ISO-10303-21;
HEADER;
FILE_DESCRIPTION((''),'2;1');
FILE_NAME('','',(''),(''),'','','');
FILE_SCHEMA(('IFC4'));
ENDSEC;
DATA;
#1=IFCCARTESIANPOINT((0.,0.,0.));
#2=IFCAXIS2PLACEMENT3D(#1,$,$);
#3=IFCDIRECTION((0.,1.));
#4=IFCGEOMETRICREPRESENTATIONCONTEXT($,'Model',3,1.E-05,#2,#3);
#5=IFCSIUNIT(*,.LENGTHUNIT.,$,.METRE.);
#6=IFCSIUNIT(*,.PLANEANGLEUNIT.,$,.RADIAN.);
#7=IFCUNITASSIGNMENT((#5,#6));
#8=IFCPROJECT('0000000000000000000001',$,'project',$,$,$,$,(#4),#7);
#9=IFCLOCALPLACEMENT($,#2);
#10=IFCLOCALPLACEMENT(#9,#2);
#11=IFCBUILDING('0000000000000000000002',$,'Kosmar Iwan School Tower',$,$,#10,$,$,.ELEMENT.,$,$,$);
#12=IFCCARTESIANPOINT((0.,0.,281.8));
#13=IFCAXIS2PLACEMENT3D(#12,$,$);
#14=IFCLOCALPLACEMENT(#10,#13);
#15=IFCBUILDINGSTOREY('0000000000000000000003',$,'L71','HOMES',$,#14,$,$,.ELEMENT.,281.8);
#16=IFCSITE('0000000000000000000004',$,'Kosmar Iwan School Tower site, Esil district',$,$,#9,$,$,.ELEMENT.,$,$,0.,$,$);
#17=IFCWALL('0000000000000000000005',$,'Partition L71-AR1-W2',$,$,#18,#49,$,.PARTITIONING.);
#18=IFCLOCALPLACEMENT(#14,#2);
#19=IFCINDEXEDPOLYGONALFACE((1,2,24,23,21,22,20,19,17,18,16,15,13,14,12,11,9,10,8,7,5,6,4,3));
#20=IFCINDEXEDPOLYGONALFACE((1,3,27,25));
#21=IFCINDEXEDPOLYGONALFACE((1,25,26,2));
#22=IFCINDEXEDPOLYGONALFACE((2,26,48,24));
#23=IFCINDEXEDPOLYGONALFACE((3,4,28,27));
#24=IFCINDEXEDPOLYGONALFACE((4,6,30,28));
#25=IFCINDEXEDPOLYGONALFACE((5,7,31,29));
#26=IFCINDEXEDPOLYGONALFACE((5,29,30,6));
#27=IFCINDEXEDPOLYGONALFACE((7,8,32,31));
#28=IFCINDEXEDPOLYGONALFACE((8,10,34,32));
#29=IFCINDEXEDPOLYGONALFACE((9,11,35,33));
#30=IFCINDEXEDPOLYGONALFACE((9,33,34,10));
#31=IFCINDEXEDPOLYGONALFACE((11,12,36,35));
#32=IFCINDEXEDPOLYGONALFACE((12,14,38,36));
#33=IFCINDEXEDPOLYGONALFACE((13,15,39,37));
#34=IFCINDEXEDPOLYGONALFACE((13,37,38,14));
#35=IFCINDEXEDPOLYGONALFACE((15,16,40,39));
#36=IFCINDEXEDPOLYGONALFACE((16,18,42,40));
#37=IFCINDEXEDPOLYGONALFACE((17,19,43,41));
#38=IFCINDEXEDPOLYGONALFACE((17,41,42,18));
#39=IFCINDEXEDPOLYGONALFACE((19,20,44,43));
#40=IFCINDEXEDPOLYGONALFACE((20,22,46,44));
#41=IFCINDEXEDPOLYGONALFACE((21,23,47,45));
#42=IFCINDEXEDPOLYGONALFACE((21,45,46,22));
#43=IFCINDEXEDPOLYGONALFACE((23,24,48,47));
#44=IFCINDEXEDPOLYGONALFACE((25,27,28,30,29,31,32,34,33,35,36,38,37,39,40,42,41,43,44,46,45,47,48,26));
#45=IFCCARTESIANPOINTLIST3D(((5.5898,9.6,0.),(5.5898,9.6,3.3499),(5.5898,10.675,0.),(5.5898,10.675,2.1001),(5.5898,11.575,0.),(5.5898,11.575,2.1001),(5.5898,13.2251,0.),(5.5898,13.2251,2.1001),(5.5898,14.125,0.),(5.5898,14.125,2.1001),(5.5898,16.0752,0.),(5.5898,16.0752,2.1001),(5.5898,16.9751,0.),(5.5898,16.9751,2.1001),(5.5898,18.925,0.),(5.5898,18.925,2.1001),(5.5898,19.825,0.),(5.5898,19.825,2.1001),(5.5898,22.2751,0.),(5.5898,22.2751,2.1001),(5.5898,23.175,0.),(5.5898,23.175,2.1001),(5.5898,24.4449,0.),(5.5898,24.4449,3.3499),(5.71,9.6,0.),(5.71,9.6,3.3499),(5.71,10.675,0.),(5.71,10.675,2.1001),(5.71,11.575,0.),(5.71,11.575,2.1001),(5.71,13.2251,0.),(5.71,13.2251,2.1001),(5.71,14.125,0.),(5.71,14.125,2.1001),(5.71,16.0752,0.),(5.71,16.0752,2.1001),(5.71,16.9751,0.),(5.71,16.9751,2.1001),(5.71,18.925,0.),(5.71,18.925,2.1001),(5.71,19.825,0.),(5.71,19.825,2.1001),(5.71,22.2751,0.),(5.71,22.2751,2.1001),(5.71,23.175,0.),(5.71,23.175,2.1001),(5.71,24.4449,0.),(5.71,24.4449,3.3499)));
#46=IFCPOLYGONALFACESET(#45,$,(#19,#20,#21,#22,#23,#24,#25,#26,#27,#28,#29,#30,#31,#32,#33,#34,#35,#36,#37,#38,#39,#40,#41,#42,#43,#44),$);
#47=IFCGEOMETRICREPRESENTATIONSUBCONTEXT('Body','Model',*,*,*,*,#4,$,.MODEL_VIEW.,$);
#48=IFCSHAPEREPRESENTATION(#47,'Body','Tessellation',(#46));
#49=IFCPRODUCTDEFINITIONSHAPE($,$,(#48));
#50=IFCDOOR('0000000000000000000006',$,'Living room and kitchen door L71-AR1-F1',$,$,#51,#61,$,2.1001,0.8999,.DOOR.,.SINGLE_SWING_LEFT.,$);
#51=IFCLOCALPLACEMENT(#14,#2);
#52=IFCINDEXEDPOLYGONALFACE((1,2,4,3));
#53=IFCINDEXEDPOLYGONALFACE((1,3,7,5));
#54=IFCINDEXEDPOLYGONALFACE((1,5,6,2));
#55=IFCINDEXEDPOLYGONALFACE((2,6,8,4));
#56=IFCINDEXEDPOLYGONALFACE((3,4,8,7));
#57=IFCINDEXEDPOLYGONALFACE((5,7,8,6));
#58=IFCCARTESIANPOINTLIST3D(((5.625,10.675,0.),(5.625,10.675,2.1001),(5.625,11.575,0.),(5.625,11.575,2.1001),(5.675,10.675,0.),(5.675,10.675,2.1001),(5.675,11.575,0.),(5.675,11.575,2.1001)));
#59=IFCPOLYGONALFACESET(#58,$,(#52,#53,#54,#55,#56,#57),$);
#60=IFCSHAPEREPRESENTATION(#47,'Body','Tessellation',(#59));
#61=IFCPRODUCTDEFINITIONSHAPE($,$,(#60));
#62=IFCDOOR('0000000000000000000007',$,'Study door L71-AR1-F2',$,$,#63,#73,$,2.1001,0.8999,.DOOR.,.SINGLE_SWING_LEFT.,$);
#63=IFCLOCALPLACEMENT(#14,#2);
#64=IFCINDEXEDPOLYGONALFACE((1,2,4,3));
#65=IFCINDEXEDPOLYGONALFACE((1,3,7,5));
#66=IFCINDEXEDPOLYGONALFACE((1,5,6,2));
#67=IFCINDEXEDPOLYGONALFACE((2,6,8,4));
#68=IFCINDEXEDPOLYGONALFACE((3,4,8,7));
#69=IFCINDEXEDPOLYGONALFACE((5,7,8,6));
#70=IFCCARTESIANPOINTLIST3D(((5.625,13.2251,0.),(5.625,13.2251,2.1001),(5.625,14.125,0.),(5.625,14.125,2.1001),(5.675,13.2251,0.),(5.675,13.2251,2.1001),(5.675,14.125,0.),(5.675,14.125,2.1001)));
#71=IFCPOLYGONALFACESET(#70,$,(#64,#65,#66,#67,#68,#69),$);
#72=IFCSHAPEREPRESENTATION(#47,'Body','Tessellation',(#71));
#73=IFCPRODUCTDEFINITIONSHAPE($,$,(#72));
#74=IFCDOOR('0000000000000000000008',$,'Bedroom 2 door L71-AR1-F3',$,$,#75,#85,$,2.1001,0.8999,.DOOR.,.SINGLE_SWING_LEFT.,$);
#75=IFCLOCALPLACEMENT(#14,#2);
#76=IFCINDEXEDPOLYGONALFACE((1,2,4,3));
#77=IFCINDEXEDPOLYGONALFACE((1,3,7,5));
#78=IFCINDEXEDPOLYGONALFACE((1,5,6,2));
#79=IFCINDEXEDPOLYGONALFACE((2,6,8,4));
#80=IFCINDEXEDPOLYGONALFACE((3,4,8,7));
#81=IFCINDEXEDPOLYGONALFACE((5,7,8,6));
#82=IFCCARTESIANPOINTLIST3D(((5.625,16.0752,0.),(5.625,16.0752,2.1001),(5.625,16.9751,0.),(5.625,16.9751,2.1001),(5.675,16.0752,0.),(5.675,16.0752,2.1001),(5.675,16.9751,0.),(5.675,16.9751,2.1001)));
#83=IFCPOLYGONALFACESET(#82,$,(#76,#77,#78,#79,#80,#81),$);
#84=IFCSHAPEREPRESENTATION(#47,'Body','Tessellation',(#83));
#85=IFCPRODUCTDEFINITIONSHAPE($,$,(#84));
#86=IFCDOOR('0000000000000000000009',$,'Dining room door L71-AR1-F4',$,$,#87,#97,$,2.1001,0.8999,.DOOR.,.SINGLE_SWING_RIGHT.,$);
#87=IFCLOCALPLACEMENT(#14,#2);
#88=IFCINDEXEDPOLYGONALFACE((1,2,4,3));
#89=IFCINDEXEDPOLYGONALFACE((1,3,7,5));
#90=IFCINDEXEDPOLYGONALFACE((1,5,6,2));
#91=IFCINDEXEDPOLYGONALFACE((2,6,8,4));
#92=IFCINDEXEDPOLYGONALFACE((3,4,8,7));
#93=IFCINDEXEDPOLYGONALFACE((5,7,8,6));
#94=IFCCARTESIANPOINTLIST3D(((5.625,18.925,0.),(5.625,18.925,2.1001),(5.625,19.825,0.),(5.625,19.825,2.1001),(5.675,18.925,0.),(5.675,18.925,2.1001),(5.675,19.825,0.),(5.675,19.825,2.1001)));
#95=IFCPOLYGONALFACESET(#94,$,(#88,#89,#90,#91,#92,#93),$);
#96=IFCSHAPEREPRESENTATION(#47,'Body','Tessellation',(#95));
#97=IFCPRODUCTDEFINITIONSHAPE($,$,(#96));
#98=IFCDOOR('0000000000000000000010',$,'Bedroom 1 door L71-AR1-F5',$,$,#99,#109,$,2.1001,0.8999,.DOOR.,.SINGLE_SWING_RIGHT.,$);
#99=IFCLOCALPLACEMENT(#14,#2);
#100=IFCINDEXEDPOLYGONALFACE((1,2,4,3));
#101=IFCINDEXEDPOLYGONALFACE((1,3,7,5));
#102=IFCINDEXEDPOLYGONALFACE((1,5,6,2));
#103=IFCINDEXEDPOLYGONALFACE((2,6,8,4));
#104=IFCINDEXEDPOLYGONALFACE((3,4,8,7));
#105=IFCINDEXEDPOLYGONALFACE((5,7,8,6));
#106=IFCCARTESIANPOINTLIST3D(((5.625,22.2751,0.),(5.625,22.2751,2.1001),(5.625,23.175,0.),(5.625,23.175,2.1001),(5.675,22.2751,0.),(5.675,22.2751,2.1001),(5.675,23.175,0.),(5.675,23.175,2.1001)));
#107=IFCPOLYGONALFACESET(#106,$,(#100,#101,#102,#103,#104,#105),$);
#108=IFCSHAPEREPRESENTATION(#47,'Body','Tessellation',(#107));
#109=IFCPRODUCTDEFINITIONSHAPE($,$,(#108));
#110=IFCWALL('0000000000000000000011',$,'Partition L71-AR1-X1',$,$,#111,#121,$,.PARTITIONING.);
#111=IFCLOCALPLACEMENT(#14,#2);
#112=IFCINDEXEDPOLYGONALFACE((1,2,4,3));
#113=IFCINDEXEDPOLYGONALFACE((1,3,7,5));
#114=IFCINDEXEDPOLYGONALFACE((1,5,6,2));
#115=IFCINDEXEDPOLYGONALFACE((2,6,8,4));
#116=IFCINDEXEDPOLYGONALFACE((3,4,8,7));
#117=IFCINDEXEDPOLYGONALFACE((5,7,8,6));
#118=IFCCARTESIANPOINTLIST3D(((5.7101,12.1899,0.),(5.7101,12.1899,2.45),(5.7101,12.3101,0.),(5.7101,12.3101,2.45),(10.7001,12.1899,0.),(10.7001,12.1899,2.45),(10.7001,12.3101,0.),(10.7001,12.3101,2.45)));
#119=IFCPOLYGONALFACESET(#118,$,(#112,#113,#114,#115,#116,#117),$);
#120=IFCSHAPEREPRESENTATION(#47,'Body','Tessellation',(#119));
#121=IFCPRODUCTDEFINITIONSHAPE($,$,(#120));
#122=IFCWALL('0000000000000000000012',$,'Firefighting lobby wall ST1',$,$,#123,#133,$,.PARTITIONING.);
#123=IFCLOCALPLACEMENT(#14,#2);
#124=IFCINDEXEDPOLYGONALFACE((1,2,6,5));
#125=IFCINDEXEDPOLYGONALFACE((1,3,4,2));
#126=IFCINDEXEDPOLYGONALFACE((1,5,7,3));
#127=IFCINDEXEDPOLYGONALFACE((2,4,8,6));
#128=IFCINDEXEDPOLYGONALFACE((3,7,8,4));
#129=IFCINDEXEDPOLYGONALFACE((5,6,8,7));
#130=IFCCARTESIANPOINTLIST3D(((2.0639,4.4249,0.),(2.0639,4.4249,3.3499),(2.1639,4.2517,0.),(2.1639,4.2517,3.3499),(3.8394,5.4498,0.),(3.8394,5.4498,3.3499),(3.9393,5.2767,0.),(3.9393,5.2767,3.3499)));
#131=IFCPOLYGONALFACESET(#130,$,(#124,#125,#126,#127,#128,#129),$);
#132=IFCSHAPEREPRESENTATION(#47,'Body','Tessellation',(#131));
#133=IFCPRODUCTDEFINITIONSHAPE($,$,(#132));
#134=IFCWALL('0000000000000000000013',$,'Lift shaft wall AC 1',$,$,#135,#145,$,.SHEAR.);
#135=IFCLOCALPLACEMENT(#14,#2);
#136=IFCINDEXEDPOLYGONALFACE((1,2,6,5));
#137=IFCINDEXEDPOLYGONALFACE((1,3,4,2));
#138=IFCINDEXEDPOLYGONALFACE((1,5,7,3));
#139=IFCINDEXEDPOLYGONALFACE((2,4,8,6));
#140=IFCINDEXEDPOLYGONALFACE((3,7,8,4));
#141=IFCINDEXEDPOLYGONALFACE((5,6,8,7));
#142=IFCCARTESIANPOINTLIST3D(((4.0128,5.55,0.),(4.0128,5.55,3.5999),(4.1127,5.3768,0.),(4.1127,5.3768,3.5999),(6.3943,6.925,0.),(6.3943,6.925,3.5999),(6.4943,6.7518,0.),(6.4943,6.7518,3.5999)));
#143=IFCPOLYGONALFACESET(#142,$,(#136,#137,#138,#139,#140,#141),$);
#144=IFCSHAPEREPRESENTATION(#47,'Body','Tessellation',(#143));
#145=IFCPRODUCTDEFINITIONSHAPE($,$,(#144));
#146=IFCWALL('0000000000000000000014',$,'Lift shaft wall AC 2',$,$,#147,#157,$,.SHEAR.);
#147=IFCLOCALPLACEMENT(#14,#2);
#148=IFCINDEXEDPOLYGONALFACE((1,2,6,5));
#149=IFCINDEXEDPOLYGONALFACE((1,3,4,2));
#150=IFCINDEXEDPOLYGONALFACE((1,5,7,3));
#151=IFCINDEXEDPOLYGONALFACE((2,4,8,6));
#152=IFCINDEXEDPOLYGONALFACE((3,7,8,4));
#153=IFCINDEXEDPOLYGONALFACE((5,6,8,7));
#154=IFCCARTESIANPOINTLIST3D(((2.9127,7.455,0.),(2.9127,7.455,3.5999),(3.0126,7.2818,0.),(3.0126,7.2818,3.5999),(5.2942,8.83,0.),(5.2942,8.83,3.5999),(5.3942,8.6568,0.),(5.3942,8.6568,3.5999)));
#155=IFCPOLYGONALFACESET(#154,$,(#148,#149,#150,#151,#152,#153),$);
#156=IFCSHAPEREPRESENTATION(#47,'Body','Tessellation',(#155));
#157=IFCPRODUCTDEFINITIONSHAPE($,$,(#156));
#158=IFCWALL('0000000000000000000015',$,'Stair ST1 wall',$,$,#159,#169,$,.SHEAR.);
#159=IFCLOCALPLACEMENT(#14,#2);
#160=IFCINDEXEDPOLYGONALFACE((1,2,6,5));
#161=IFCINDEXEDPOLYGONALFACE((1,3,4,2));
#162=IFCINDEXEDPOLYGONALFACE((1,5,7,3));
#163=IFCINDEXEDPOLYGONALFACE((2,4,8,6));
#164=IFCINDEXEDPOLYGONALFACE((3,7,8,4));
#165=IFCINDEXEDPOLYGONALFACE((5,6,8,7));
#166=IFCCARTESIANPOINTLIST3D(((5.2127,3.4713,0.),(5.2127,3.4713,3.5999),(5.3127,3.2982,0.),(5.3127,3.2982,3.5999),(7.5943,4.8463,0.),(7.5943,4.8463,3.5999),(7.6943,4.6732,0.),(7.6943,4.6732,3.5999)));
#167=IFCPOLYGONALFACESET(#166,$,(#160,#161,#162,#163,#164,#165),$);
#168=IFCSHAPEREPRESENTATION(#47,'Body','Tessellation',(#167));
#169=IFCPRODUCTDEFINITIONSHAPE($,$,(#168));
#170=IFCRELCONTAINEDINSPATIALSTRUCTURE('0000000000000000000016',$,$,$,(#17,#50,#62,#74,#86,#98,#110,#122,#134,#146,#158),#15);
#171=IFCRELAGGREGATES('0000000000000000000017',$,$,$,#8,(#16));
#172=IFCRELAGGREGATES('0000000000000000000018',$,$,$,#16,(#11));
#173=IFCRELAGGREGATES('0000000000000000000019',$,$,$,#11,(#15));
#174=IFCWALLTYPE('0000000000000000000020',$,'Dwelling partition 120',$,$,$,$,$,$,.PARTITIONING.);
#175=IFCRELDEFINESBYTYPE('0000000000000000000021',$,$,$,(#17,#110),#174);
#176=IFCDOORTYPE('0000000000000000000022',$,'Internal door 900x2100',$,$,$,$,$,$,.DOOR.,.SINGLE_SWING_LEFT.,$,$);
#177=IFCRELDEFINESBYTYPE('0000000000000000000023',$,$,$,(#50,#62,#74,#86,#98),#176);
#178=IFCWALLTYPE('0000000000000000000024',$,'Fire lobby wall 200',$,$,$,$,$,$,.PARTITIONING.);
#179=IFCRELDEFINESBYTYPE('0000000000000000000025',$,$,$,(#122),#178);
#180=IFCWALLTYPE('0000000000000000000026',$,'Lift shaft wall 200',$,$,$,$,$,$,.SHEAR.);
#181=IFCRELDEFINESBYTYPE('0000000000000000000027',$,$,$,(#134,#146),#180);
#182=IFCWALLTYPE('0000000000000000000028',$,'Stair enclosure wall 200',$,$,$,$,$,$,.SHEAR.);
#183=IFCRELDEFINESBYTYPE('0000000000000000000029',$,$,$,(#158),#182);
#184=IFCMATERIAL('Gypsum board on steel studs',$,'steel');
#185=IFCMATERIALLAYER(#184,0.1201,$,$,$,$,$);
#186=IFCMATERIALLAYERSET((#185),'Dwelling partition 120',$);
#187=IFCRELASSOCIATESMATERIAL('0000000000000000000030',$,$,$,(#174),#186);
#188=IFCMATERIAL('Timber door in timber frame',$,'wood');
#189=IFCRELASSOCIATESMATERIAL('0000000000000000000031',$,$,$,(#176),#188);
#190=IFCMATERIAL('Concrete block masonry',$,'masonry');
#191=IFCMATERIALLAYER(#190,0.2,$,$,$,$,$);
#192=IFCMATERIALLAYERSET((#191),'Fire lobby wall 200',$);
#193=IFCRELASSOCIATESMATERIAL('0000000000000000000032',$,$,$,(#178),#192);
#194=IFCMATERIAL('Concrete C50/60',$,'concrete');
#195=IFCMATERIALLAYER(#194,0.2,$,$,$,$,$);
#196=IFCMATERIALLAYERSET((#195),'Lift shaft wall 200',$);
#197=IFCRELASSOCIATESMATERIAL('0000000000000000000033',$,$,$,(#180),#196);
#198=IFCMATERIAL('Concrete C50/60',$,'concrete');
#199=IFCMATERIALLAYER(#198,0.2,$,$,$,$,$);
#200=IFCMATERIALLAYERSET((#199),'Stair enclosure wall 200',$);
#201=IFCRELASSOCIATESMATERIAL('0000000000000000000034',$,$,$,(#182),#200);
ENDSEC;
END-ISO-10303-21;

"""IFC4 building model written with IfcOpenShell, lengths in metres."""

from ifc_helpers import new_model, si_unit, direction, frame, frame_2d, origin, place, context, subcontext, project, spatial, rectangle, extrude, material, layer, layer_set, type_object, element, fill, save


model = new_model("IFC4")

# Units and contexts
model_context = context("Model", 3, precision=1e-05, world=origin(), true_north=direction((0.0, 1.0)))
body_context = subcontext(model_context, "Body", "Model", "MODEL_VIEW")
ifc_project = project(units=[si_unit("LENGTHUNIT", "METRE"), si_unit("PLANEANGLEUNIT", "RADIAN")], contexts=[model_context])

# Site, building, storey
site_placement = place(None, origin())
site = spatial("IfcSite", under=ifc_project, at=site_placement, Name="Kosmar Iwan School Tower site, Esil district", CompositionType="ELEMENT", RefElevation=0.0)
building_placement = place(site_placement, origin())
building = spatial("IfcBuilding", under=site, at=building_placement, Name="Kosmar Iwan School Tower", CompositionType="ELEMENT")
storey_placement = place(building_placement, frame((0.0, 0.0, 281.8)))
storey = spatial("IfcBuildingStorey", under=building, at=storey_placement, Name="L71", Description="HOMES", CompositionType="ELEMENT", Elevation=281.8)

# Wall, openings, doors
ifc_material_1 = material(Name="Gypsum board on steel studs", Category="steel")
ifc_layer_1 = layer(ifc_material_1, 0.1201)
ifc_layer_set_1 = layer_set([ifc_layer_1], Name="Dwelling partition 120")
wall_type_1 = type_object("IfcWallType", Name="Dwelling partition 120", PredefinedType="PARTITIONING", material=ifc_layer_set_1)
ifc_material_2 = material(Name="Timber door in timber frame", Category="wood")
door_type_1 = type_object("IfcDoorType", Name="Internal door 900x2100", OperationType="SINGLE_SWING_LEFT", PredefinedType="DOOR", material=ifc_material_2)
wall_1_placement = place(storey_placement, frame((5.6499, 9.6001, 0.0), z_axis=(0.0, 0.0, 1.0), x_axis=(0.0, 1.0, 0.0)))
wall_1 = element("IfcWall", 1, at=wall_1_placement, inside=storey, type_object=wall_type_1, Name="Partition L71-AR1-W2", PredefinedType="PARTITIONING", context=body_context, shape_type="SweptSolid", body=[
    extrude(rectangle(XDim=14.845, YDim=0.1201, at=frame_2d((7.4224, 0.0))), origin(), (0.0, 0.0, 1.0), 3.3499),
])
opening_1_placement = place(wall_1_placement, frame((1.075, 0.0, 0.0)))
opening_1 = element("IfcOpeningElement", 2, at=opening_1_placement, cuts=wall_1, PredefinedType="OPENING", context=body_context, shape_type="SweptSolid", body=[
    extrude(rectangle(XDim=0.8999, YDim=2.1001, at=frame_2d((0.45, 1.05))), frame((0.0, 0.072, 0.0), z_axis=(0.0, -1.0, 0.0), x_axis=(1.0, 0.0, 0.0)), (0.0, 0.0, 1.0), 0.144),
])
opening_2_placement = place(wall_1_placement, frame((3.625, 0.0, 0.0)))
opening_2 = element("IfcOpeningElement", 3, at=opening_2_placement, cuts=wall_1, PredefinedType="OPENING", context=body_context, shape_type="SweptSolid", body=[
    extrude(rectangle(XDim=0.8999, YDim=2.1001, at=frame_2d((0.45, 1.05))), frame((0.0, 0.072, 0.0), z_axis=(0.0, -1.0, 0.0), x_axis=(1.0, 0.0, 0.0)), (0.0, 0.0, 1.0), 0.144),
])
opening_3_placement = place(wall_1_placement, frame((6.4751, 0.0, 0.0)))
opening_3 = element("IfcOpeningElement", 4, at=opening_3_placement, cuts=wall_1, PredefinedType="OPENING", context=body_context, shape_type="SweptSolid", body=[
    extrude(rectangle(XDim=0.8999, YDim=2.1001, at=frame_2d((0.45, 1.05))), frame((0.0, 0.072, 0.0), z_axis=(0.0, -1.0, 0.0), x_axis=(1.0, 0.0, 0.0)), (0.0, 0.0, 1.0), 0.144),
])
opening_4_placement = place(wall_1_placement, frame((9.325, 0.0, 0.0)))
opening_4 = element("IfcOpeningElement", 5, at=opening_4_placement, cuts=wall_1, PredefinedType="OPENING", context=body_context, shape_type="SweptSolid", body=[
    extrude(rectangle(XDim=0.8999, YDim=2.1001, at=frame_2d((0.45, 1.05))), frame((0.0, 0.072, 0.0), z_axis=(0.0, -1.0, 0.0), x_axis=(1.0, 0.0, 0.0)), (0.0, 0.0, 1.0), 0.144),
])
opening_5_placement = place(wall_1_placement, frame((12.675, 0.0, 0.0)))
opening_5 = element("IfcOpeningElement", 6, at=opening_5_placement, cuts=wall_1, PredefinedType="OPENING", context=body_context, shape_type="SweptSolid", body=[
    extrude(rectangle(XDim=0.8999, YDim=2.1001, at=frame_2d((0.45, 1.05))), frame((0.0, 0.072, 0.0), z_axis=(0.0, -1.0, 0.0), x_axis=(1.0, 0.0, 0.0)), (0.0, 0.0, 1.0), 0.144),
])
door_1_placement = place(opening_1_placement, origin())
door_1 = element("IfcDoor", 7, at=door_1_placement, inside=storey, type_object=door_type_1, Name="Living room and kitchen door L71-AR1-F1", OperationType="SINGLE_SWING_LEFT", OverallHeight=2.1001, OverallWidth=0.8999, PredefinedType="DOOR", context=body_context, shape_type="SweptSolid", body=[
    extrude(rectangle(XDim=0.8999, YDim=2.1001, at=frame_2d((0.45, 1.05))), frame((0.0, 0.0249, 0.0), z_axis=(0.0, -1.0, 0.0), x_axis=(1.0, 0.0, 0.0)), (0.0, 0.0, 1.0), 0.05),
])
fill(opening_1, door_1)
door_2_placement = place(opening_2_placement, origin())
door_2 = element("IfcDoor", 8, at=door_2_placement, inside=storey, type_object=door_type_1, Name="Study door L71-AR1-F2", OperationType="SINGLE_SWING_LEFT", OverallHeight=2.1001, OverallWidth=0.8999, PredefinedType="DOOR", context=body_context, shape_type="SweptSolid", body=[
    extrude(rectangle(XDim=0.8999, YDim=2.1001, at=frame_2d((0.45, 1.05))), frame((0.0, 0.0249, 0.0), z_axis=(0.0, -1.0, 0.0), x_axis=(1.0, 0.0, 0.0)), (0.0, 0.0, 1.0), 0.05),
])
fill(opening_2, door_2)
door_3_placement = place(opening_3_placement, origin())
door_3 = element("IfcDoor", 9, at=door_3_placement, inside=storey, type_object=door_type_1, Name="Bedroom 2 door L71-AR1-F3", OperationType="SINGLE_SWING_LEFT", OverallHeight=2.1001, OverallWidth=0.8999, PredefinedType="DOOR", context=body_context, shape_type="SweptSolid", body=[
    extrude(rectangle(XDim=0.8999, YDim=2.1001, at=frame_2d((0.45, 1.05))), frame((0.0, 0.0249, 0.0), z_axis=(0.0, -1.0, 0.0), x_axis=(1.0, 0.0, 0.0)), (0.0, 0.0, 1.0), 0.05),
])
fill(opening_3, door_3)
door_4_placement = place(opening_4_placement, origin())
door_4 = element("IfcDoor", 10, at=door_4_placement, inside=storey, type_object=door_type_1, Name="Dining room door L71-AR1-F4", OperationType="SINGLE_SWING_RIGHT", OverallHeight=2.1001, OverallWidth=0.8999, PredefinedType="DOOR", context=body_context, shape_type="SweptSolid", body=[
    extrude(rectangle(XDim=0.8999, YDim=2.1001, at=frame_2d((0.45, 1.05))), frame((0.0, 0.0249, 0.0), z_axis=(0.0, -1.0, 0.0), x_axis=(1.0, 0.0, 0.0)), (0.0, 0.0, 1.0), 0.05),
])
fill(opening_4, door_4)
door_5_placement = place(opening_5_placement, origin())
door_5 = element("IfcDoor", 11, at=door_5_placement, inside=storey, type_object=door_type_1, Name="Bedroom 1 door L71-AR1-F5", OperationType="SINGLE_SWING_RIGHT", OverallHeight=2.1001, OverallWidth=0.8999, PredefinedType="DOOR", context=body_context, shape_type="SweptSolid", body=[
    extrude(rectangle(XDim=0.8999, YDim=2.1001, at=frame_2d((0.45, 1.05))), frame((0.0, 0.0249, 0.0), z_axis=(0.0, -1.0, 0.0), x_axis=(1.0, 0.0, 0.0)), (0.0, 0.0, 1.0), 0.05),
])
fill(opening_5, door_5)

# Walls
wall_2_placement = place(storey_placement, frame((5.71, 12.25, 0.0), z_axis=(0.0, 0.0, 1.0), x_axis=(1.0, 0.0, 0.0)))
element("IfcWall", 12, at=wall_2_placement, inside=storey, type_object=wall_type_1, Name="Partition L71-AR1-X1", PredefinedType="PARTITIONING", context=body_context, shape_type="SweptSolid", body=[
    extrude(rectangle(XDim=4.99, YDim=0.1201, at=frame_2d((2.4951, 0.0))), origin(), (0.0, 0.0, 1.0), 2.45),
])
ifc_material_3 = material(Name="Concrete block masonry", Category="masonry")
ifc_layer_2 = layer(ifc_material_3, 0.2)
ifc_layer_set_2 = layer_set([ifc_layer_2], Name="Fire lobby wall 200")
wall_type_2 = type_object("IfcWallType", Name="Fire lobby wall 200", PredefinedType="PARTITIONING", material=ifc_layer_set_2)
wall_3_placement = place(storey_placement, frame((2.114, 4.3384, 0.0), z_axis=(0.0, 0.0, 1.0), x_axis=(0.866051, 0.499956, 0.0)))
element("IfcWall", 13, at=wall_3_placement, inside=storey, type_object=wall_type_2, Name="Firefighting lobby wall ST1", PredefinedType="PARTITIONING", context=body_context, shape_type="SweptSolid", body=[
    extrude(rectangle(XDim=2.05, YDim=0.2, at=frame_2d((1.0249, 0.0))), origin(), (0.0, 0.0, 1.0), 3.3499),
])
ifc_material_4 = material(Name="Concrete C50/60", Category="concrete")
ifc_layer_3 = layer(ifc_material_4, 0.2)
ifc_layer_set_3 = layer_set([ifc_layer_3], Name="Lift shaft wall 200")
wall_type_3 = type_object("IfcWallType", Name="Lift shaft wall 200", PredefinedType="SHEAR", material=ifc_layer_set_3)
for number, where, z_axis, x_axis, name in (
    (14, (4.0627, 5.4634, 0.0), (0.0, 0.0, 1.0), (0.866027, 0.499997, 0.0), "Lift shaft wall AC 1"),
    (15, (2.9626, 7.3684, 0.0), (0.0, 0.0, 1.0), (0.866027, 0.499997, 0.0), "Lift shaft wall AC 2"),
):
    element("IfcWall", number, at=place(storey_placement, frame(where, z_axis=z_axis, x_axis=x_axis)), inside=storey, type_object=wall_type_3, Name=name, PredefinedType="SHEAR", context=body_context, shape_type="SweptSolid", body=[
        extrude(rectangle(XDim=2.75, YDim=0.2, at=frame_2d((1.375, 0.0))), origin(), (0.0, 0.0, 1.0), 3.5999),
    ])
ifc_material_5 = material(Name="Concrete C50/60", Category="concrete")
ifc_layer_4 = layer(ifc_material_5, 0.2)
ifc_layer_set_4 = layer_set([ifc_layer_4], Name="Stair enclosure wall 200")
wall_type_4 = type_object("IfcWallType", Name="Stair enclosure wall 200", PredefinedType="SHEAR", material=ifc_layer_set_4)
wall_4_placement = place(storey_placement, frame((5.2627, 3.3848, 0.0), z_axis=(0.0, 0.0, 1.0), x_axis=(0.866027, 0.499997, 0.0)))
element("IfcWall", 16, at=wall_4_placement, inside=storey, type_object=wall_type_4, Name="Stair ST1 wall", PredefinedType="SHEAR", context=body_context, shape_type="SweptSolid", body=[
    extrude(rectangle(XDim=2.75, YDim=0.2, at=frame_2d((1.375, 0.0))), origin(), (0.0, 0.0, 1.0), 3.5999),
])

save(model, "model.ifc")
